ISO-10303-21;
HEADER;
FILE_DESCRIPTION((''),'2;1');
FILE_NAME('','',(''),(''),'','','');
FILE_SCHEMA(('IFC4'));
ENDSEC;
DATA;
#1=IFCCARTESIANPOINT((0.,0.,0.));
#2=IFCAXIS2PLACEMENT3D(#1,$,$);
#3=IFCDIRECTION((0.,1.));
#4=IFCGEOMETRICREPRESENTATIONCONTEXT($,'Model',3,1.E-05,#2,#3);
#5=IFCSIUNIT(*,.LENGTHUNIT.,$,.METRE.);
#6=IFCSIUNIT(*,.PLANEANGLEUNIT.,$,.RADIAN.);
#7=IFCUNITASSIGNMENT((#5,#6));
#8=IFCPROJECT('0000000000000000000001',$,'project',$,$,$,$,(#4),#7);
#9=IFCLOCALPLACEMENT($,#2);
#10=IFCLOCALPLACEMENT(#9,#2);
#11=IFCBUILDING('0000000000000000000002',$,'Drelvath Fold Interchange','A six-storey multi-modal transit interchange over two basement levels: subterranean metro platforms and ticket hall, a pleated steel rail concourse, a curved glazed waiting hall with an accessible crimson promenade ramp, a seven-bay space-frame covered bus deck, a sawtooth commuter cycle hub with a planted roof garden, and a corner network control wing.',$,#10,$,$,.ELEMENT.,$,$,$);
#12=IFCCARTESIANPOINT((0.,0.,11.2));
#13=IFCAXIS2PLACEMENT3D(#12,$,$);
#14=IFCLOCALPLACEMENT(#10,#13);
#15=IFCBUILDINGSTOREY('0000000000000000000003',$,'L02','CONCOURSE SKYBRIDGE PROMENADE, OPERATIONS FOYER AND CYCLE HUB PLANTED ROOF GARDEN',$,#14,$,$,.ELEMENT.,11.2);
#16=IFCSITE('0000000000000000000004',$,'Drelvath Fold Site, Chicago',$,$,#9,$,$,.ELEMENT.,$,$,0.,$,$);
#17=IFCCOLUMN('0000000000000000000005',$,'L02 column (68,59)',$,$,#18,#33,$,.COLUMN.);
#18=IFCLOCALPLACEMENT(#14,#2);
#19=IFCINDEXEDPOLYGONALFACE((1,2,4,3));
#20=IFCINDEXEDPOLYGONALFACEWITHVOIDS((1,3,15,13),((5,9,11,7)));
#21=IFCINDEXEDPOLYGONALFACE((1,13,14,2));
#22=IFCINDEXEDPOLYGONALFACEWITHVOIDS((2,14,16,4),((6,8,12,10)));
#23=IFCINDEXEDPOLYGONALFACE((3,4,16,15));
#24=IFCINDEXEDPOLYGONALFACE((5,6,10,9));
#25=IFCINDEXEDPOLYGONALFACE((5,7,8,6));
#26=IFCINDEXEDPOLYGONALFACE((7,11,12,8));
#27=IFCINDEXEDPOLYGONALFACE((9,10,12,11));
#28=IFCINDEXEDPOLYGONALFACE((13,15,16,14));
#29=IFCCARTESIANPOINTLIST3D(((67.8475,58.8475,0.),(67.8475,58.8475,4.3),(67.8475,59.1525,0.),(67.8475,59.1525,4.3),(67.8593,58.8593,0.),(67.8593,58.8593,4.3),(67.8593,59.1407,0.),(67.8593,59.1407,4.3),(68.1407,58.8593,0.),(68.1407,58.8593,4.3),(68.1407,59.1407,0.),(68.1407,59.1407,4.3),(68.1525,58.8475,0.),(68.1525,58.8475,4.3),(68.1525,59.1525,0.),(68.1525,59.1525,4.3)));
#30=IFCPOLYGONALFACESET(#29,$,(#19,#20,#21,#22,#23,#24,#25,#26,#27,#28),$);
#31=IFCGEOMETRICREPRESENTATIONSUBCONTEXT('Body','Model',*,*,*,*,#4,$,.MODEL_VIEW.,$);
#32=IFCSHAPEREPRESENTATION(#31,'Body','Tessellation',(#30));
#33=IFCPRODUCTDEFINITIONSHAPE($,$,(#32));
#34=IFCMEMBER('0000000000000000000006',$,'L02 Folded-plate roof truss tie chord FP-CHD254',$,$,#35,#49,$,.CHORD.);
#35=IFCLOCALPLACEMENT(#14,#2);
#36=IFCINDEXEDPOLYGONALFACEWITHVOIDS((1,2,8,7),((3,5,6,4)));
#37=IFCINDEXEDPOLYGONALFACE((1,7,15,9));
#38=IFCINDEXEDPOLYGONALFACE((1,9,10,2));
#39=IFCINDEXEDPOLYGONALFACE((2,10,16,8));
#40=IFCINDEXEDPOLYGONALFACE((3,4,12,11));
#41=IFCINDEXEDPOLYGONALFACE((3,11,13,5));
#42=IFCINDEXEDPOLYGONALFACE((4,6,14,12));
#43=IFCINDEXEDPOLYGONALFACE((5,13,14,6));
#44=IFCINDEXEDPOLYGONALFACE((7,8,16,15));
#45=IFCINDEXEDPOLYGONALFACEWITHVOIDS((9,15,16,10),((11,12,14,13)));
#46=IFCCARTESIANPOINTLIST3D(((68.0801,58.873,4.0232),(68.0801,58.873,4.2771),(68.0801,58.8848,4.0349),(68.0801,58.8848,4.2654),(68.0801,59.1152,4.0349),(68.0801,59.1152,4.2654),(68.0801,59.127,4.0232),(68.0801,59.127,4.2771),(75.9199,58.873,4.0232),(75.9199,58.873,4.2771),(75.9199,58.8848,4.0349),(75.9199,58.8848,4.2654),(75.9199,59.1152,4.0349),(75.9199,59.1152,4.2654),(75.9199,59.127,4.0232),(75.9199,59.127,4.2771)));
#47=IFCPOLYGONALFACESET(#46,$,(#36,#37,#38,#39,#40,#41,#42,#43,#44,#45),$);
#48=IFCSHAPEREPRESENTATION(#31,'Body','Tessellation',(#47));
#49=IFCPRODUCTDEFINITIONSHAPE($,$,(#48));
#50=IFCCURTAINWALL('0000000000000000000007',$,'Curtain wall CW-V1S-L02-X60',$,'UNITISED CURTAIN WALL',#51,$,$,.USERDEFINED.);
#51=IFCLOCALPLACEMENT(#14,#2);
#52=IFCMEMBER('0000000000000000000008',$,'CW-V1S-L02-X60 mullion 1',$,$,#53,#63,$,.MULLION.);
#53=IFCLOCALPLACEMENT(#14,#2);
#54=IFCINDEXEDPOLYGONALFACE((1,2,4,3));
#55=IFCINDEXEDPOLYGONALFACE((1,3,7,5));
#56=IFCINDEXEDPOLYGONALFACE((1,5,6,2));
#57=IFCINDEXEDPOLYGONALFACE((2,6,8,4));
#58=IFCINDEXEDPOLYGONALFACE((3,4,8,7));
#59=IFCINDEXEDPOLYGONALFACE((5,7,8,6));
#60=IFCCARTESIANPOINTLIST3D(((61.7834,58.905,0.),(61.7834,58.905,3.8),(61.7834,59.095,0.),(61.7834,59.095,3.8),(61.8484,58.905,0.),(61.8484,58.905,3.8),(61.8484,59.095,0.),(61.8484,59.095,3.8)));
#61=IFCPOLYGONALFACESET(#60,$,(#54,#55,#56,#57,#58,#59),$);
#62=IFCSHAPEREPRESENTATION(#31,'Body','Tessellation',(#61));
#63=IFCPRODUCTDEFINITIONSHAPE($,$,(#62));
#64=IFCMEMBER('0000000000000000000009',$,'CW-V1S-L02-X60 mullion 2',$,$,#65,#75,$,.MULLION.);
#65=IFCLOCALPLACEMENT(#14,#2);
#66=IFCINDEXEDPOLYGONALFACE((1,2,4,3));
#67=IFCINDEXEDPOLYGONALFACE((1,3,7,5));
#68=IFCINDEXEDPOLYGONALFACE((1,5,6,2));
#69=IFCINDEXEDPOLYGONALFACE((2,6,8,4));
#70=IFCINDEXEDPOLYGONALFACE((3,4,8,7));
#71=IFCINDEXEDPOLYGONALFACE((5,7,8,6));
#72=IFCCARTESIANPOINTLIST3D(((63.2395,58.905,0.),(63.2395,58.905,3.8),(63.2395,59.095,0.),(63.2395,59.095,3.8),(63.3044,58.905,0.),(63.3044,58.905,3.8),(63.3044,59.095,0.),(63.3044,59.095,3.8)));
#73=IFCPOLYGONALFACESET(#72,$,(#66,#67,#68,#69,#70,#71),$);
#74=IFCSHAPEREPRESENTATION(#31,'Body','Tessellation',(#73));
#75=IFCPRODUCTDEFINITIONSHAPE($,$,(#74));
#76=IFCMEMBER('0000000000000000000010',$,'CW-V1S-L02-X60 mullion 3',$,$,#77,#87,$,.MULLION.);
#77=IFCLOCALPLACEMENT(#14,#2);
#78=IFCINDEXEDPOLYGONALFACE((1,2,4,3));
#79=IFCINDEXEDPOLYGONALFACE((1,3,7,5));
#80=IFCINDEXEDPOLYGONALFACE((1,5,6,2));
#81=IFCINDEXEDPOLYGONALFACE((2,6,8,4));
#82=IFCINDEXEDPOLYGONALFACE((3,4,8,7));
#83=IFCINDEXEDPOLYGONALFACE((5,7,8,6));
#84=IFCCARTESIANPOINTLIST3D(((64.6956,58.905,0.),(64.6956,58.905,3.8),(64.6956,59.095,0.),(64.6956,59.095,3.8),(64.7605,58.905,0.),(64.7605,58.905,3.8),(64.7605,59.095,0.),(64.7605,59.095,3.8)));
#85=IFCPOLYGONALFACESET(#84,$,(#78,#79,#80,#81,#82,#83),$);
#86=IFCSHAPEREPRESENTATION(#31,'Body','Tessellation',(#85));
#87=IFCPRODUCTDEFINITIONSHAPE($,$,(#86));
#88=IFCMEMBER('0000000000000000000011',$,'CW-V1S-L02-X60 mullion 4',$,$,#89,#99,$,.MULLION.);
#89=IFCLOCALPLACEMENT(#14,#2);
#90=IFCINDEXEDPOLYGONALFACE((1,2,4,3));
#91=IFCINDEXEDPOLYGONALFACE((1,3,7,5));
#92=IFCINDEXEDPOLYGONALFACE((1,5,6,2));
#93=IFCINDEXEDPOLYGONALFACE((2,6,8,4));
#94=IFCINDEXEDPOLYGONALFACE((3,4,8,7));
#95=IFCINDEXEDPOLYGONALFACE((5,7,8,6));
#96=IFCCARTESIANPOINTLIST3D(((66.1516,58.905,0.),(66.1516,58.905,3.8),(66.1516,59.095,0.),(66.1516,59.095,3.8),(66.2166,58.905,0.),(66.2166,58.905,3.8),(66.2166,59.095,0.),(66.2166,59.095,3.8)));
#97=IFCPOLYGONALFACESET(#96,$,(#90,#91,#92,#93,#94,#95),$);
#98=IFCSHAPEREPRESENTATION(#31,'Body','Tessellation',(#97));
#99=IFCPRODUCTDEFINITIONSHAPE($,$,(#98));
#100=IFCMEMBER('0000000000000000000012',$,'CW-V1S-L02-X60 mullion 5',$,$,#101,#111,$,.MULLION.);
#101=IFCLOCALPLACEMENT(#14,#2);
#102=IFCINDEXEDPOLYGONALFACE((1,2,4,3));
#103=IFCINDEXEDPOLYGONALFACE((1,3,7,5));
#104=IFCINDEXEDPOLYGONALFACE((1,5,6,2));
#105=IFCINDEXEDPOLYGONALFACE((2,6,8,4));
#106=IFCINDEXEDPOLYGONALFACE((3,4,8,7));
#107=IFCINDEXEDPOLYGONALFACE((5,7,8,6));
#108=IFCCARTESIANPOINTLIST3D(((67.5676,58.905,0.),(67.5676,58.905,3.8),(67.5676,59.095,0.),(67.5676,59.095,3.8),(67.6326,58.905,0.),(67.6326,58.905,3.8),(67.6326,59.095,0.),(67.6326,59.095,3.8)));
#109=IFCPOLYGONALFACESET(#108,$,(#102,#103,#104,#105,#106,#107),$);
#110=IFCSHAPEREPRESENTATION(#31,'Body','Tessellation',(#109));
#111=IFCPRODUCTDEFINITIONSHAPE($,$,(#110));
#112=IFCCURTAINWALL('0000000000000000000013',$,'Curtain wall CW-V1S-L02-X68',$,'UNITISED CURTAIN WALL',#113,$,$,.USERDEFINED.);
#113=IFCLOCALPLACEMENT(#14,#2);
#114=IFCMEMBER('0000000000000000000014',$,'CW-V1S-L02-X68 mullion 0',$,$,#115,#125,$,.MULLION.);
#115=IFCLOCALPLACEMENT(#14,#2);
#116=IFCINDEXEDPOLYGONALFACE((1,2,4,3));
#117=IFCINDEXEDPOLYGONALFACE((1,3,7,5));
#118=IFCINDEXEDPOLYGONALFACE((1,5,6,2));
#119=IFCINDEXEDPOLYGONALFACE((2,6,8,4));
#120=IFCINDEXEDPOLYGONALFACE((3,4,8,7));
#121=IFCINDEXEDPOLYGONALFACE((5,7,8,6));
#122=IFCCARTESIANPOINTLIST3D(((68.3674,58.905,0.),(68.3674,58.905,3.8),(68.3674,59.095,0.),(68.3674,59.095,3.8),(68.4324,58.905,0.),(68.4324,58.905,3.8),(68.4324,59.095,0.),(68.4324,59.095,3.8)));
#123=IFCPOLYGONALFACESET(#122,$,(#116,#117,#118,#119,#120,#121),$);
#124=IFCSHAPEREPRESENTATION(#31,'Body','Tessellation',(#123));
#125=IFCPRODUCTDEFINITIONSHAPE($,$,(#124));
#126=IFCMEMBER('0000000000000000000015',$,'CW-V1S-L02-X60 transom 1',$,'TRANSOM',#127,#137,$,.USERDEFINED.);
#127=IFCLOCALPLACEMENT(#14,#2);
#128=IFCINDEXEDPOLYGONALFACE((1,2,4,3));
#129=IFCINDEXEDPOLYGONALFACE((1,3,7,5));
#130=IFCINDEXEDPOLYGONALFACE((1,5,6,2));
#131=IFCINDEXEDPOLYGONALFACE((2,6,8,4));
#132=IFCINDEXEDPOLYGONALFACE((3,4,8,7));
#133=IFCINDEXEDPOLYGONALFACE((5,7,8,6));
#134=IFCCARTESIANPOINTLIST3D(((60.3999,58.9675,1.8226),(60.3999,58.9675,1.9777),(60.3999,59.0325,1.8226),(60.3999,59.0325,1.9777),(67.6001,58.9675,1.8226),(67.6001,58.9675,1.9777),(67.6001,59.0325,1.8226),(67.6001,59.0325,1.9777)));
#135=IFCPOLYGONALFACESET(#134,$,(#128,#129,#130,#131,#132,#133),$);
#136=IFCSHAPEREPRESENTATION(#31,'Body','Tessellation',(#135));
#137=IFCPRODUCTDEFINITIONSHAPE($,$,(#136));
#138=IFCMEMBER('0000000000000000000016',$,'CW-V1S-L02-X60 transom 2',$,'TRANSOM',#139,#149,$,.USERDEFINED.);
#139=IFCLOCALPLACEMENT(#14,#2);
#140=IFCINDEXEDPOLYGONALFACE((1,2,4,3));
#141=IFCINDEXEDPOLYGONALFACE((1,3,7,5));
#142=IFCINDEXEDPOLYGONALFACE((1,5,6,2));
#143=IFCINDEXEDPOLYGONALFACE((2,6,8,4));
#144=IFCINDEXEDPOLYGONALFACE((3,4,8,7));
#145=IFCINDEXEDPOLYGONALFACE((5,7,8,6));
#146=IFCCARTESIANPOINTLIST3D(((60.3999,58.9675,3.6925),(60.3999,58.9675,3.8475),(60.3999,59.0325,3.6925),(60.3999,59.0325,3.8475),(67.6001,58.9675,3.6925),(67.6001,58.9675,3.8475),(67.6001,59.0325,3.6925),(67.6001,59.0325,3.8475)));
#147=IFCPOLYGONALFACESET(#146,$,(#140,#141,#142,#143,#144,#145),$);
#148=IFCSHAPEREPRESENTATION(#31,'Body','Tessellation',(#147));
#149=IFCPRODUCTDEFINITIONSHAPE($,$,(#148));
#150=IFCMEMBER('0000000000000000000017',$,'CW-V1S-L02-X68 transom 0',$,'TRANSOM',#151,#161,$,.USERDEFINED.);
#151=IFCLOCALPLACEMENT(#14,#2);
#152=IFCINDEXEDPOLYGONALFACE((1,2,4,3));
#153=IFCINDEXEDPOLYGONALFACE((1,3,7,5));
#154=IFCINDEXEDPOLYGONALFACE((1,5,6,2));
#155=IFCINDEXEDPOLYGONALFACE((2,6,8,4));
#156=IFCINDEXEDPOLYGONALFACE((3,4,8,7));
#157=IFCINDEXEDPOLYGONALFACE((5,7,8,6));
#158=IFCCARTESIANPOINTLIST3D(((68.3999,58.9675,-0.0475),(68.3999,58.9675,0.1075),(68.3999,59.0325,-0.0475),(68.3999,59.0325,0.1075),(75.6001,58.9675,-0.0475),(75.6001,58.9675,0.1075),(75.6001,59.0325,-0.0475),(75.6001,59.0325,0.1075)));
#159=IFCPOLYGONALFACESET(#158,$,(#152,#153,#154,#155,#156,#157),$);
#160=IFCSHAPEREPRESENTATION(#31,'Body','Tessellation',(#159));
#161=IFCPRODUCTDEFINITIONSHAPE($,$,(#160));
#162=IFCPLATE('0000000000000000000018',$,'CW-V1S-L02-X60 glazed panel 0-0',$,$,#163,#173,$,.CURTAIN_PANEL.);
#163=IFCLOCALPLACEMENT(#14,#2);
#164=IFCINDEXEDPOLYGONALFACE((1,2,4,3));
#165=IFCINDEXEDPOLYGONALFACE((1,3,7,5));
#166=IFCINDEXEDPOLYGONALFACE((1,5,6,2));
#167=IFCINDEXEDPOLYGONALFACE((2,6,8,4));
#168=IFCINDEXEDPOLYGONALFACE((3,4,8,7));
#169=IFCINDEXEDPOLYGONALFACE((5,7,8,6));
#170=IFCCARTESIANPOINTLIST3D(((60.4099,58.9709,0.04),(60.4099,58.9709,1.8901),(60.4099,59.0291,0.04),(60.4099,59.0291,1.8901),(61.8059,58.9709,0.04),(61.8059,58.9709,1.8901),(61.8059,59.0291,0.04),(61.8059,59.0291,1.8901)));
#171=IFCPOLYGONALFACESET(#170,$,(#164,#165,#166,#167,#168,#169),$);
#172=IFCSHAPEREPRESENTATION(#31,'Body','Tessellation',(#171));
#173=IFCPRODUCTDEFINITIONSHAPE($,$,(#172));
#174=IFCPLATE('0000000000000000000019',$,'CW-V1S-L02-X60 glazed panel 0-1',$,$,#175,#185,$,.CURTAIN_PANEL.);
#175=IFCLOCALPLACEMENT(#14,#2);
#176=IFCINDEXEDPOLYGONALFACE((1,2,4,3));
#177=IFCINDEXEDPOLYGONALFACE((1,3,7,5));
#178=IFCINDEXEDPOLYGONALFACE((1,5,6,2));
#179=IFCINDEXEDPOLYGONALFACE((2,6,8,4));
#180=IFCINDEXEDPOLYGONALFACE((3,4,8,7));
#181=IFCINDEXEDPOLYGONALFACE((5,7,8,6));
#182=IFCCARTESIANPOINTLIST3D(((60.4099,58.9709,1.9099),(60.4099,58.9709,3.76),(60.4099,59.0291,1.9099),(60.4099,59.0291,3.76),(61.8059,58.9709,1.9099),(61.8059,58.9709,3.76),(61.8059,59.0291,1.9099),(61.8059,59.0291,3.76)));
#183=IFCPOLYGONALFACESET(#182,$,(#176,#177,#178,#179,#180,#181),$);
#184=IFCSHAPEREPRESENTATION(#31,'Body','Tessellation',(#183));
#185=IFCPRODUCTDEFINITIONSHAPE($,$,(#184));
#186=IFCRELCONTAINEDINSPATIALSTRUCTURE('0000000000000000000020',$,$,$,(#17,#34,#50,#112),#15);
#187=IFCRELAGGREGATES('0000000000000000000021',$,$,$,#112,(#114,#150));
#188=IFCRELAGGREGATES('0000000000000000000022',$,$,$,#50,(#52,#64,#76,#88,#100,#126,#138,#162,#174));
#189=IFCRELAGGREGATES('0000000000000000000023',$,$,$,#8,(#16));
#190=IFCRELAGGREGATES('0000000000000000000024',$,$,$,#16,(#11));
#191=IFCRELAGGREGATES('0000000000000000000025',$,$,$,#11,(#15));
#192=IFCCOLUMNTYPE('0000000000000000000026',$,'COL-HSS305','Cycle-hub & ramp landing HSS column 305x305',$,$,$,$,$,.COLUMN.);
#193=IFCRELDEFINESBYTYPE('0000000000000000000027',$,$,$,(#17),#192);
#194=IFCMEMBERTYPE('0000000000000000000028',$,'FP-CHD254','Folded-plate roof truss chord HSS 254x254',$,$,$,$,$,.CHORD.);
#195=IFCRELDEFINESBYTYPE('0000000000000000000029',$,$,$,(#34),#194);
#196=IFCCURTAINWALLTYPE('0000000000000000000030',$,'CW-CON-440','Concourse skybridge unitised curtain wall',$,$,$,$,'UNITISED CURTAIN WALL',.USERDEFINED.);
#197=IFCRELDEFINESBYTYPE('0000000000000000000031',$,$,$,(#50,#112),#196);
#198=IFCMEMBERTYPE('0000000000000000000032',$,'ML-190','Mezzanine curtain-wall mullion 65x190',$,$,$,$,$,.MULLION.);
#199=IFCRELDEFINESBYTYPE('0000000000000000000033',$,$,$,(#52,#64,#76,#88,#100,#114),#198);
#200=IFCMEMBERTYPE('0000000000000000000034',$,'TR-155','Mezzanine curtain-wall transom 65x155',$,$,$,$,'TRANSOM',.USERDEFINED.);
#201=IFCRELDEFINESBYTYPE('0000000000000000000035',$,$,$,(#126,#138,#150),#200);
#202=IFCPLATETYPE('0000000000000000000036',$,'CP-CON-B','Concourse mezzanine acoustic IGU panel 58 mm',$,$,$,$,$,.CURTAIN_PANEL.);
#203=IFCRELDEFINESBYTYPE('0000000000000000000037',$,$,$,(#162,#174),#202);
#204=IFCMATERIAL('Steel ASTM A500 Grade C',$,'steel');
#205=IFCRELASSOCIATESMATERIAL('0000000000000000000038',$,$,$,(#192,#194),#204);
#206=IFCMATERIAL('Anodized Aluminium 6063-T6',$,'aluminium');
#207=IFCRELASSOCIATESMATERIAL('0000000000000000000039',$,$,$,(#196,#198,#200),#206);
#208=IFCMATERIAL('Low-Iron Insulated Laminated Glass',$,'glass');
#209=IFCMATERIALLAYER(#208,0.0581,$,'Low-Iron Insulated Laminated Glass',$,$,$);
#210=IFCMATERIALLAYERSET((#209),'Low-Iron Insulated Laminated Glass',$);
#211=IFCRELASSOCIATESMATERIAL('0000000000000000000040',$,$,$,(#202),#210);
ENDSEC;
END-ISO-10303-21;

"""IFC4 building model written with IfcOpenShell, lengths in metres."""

from ifc_helpers import new_model, si_unit, direction, frame, origin, origin_2d, place, context, subcontext, project, spatial, rectangle, hollow_rectangle, extrude, material, layer, layer_set, material_profile, profile_set, type_object, element, aggregate, save


model = new_model("IFC4")

# Units and contexts
model_context = context("Model", 3, precision=1e-05, world=origin(), true_north=direction((0.0, 1.0)))
body_context = subcontext(model_context, "Body", "Model", "MODEL_VIEW")
ifc_project = project(units=[si_unit("LENGTHUNIT", "METRE"), si_unit("PLANEANGLEUNIT", "RADIAN")], contexts=[model_context])

# Site, building, storey
site_placement = place(None, origin())
site = spatial("IfcSite", under=ifc_project, at=site_placement, Name="Drelvath Fold Site, Chicago", CompositionType="ELEMENT", RefElevation=0.0)
building_placement = place(site_placement, origin())
building = spatial("IfcBuilding", under=site, at=building_placement, Name="Drelvath Fold Interchange", Description="A six-storey multi-modal transit interchange over two basement levels: subterranean metro platforms and ticket hall, a pleated steel rail concourse, a curved glazed waiting hall with an accessible crimson promenade ramp, a seven-bay space-frame covered bus deck, a sawtooth commuter cycle hub with a planted roof garden, and a corner network control wing.", CompositionType="ELEMENT")
storey_placement = place(building_placement, frame((0.0, 0.0, 11.2)))
storey = spatial("IfcBuildingStorey", under=building, at=storey_placement, Name="L02", Description="CONCOURSE SKYBRIDGE PROMENADE, OPERATIONS FOYER AND CYCLE HUB PLANTED ROOF GARDEN", CompositionType="ELEMENT", Elevation=11.2)

# Column
ifc_material_1 = material(Name="Steel ASTM A500 Grade C", Category="steel")
ifc_material_profile_1 = material_profile(ifc_material_1, hollow_rectangle(XDim=0.3049, YDim=0.3049, WallThickness=0.0117, at=origin_2d()), Name="HSS12X12X1/2")
ifc_profile_set_1 = profile_set([ifc_material_profile_1], Name="Steel ASTM A500 Grade C")
column_type = type_object("IfcColumnType", Name="COL-HSS305", Description="Cycle-hub & ramp landing HSS column 305x305", PredefinedType="COLUMN", material=ifc_profile_set_1)
column_placement = place(storey_placement, frame((68.0, 59.0, 0.0), z_axis=(0.0, 0.0, 1.0), x_axis=(1.0, 0.0, 0.0)))
element("IfcColumn", 1, at=column_placement, inside=storey, type_object=column_type, Name="L02 column (68,59)", PredefinedType="COLUMN", context=body_context, shape_type="SweptSolid", body=[
    extrude(hollow_rectangle(XDim=0.3049, YDim=0.3049, WallThickness=0.0117, at=origin_2d()), origin(), (0.0, 0.0, 1.0), 4.3),
])

# Member
ifc_material_profile_2 = material_profile(ifc_material_1, hollow_rectangle(XDim=0.2539, YDim=0.2539, WallThickness=0.0117, at=origin_2d()), Name="HSS10X10X1/2")
ifc_profile_set_2 = profile_set([ifc_material_profile_2], Name="Steel ASTM A500 Grade C")
member_type_1 = type_object("IfcMemberType", Name="FP-CHD254", Description="Folded-plate roof truss chord HSS 254x254", PredefinedType="CHORD", material=ifc_profile_set_2)
member_1_placement = place(storey_placement, frame((68.0801, 59.0, 4.1501), z_axis=(1.0, 0.0, 0.0), x_axis=(0.0, 1.0, 0.0)))
element("IfcMember", 2, at=member_1_placement, inside=storey, type_object=member_type_1, Name="L02 Folded-plate roof truss tie chord FP-CHD254", PredefinedType="CHORD", context=body_context, shape_type="SweptSolid", body=[
    extrude(hollow_rectangle(XDim=0.2539, YDim=0.2539, WallThickness=0.0117, at=origin_2d()), origin(), (0.0, 0.0, 1.0), 7.8398),
])

# Curtain wall, members
ifc_material_2 = material(Name="Anodized Aluminium 6063-T6", Category="aluminium")
curtain_wall_type = type_object("IfcCurtainWallType", Name="CW-CON-440", Description="Concourse skybridge unitised curtain wall", ElementType="UNITISED CURTAIN WALL", PredefinedType="USERDEFINED", material=ifc_material_2)
curtain_wall_1_placement = place(storey_placement, origin())
curtain_wall_1 = element("IfcCurtainWall", 3, at=curtain_wall_1_placement, inside=storey, type_object=curtain_wall_type, Name="Curtain wall CW-V1S-L02-X60", ObjectType="UNITISED CURTAIN WALL", PredefinedType="USERDEFINED")
ifc_material_profile_3 = material_profile(ifc_material_2, rectangle(XDim=0.0649, YDim=0.1899, at=origin_2d()), Name="AL-M 65x190")
ifc_profile_set_3 = profile_set([ifc_material_profile_3], Name="Anodized Aluminium 6063-T6")
member_type_2 = type_object("IfcMemberType", Name="ML-190", Description="Mezzanine curtain-wall mullion 65x190", PredefinedType="MULLION", material=ifc_profile_set_3)
member_2_placement = place(storey_placement, frame((61.8159, 59.0, 0.0), z_axis=(0.0, 0.0, 1.0), x_axis=(1.0, 0.0, 0.0)))
member_2 = element("IfcMember", 4, at=member_2_placement, type_object=member_type_2, Name="CW-V1S-L02-X60 mullion 1", PredefinedType="MULLION", context=body_context, shape_type="SweptSolid", body=[
    extrude(rectangle(XDim=0.0649, YDim=0.1899, at=origin_2d()), origin(), (0.0, 0.0, 1.0), 3.8),
])
member_3_placement = place(storey_placement, frame((63.272, 59.0, 0.0), z_axis=(0.0, 0.0, 1.0), x_axis=(1.0, 0.0, 0.0)))
member_3 = element("IfcMember", 5, at=member_3_placement, type_object=member_type_2, Name="CW-V1S-L02-X60 mullion 2", PredefinedType="MULLION", context=body_context, shape_type="SweptSolid", body=[
    extrude(rectangle(XDim=0.0649, YDim=0.1899, at=origin_2d()), origin(), (0.0, 0.0, 1.0), 3.8),
])
member_4_placement = place(storey_placement, frame((64.728, 59.0, 0.0), z_axis=(0.0, 0.0, 1.0), x_axis=(1.0, 0.0, 0.0)))
member_4 = element("IfcMember", 6, at=member_4_placement, type_object=member_type_2, Name="CW-V1S-L02-X60 mullion 3", PredefinedType="MULLION", context=body_context, shape_type="SweptSolid", body=[
    extrude(rectangle(XDim=0.0649, YDim=0.1899, at=origin_2d()), origin(), (0.0, 0.0, 1.0), 3.8),
])
member_5_placement = place(storey_placement, frame((66.1841, 59.0, 0.0), z_axis=(0.0, 0.0, 1.0), x_axis=(1.0, 0.0, 0.0)))
member_5 = element("IfcMember", 7, at=member_5_placement, type_object=member_type_2, Name="CW-V1S-L02-X60 mullion 4", PredefinedType="MULLION", context=body_context, shape_type="SweptSolid", body=[
    extrude(rectangle(XDim=0.0649, YDim=0.1899, at=origin_2d()), origin(), (0.0, 0.0, 1.0), 3.8),
])
member_6_placement = place(storey_placement, frame((67.6001, 59.0, 0.0), z_axis=(0.0, 0.0, 1.0), x_axis=(1.0, 0.0, 0.0)))
member_6 = element("IfcMember", 8, at=member_6_placement, type_object=member_type_2, Name="CW-V1S-L02-X60 mullion 5", PredefinedType="MULLION", context=body_context, shape_type="SweptSolid", body=[
    extrude(rectangle(XDim=0.0649, YDim=0.1899, at=origin_2d()), origin(), (0.0, 0.0, 1.0), 3.8),
])

# Curtain wall, member
curtain_wall_2_placement = place(storey_placement, origin())
curtain_wall_2 = element("IfcCurtainWall", 9, at=curtain_wall_2_placement, inside=storey, type_object=curtain_wall_type, Name="Curtain wall CW-V1S-L02-X68", ObjectType="UNITISED CURTAIN WALL", PredefinedType="USERDEFINED")
member_7_placement = place(storey_placement, frame((68.3999, 59.0, 0.0), z_axis=(0.0, 0.0, 1.0), x_axis=(1.0, 0.0, 0.0)))
member_7 = element("IfcMember", 10, at=member_7_placement, type_object=member_type_2, Name="CW-V1S-L02-X68 mullion 0", PredefinedType="MULLION", context=body_context, shape_type="SweptSolid", body=[
    extrude(rectangle(XDim=0.0649, YDim=0.1899, at=origin_2d()), origin(), (0.0, 0.0, 1.0), 3.8),
])

# Members
ifc_material_profile_4 = material_profile(ifc_material_2, rectangle(XDim=0.0649, YDim=0.155, at=origin_2d()), Name="AL-T 65x155")
ifc_profile_set_4 = profile_set([ifc_material_profile_4], Name="Anodized Aluminium 6063-T6")
member_type_3 = type_object("IfcMemberType", Name="TR-155", Description="Mezzanine curtain-wall transom 65x155", ElementType="TRANSOM", PredefinedType="USERDEFINED", material=ifc_profile_set_4)
member_8_placement = place(storey_placement, frame((60.3999, 59.0, 1.9001), z_axis=(1.0, 0.0, 0.0), x_axis=(0.0, 1.0, 0.0)))
member_8 = element("IfcMember", 11, at=member_8_placement, type_object=member_type_3, Name="CW-V1S-L02-X60 transom 1", ObjectType="TRANSOM", PredefinedType="USERDEFINED", context=body_context, shape_type="SweptSolid", body=[
    extrude(rectangle(XDim=0.0649, YDim=0.155, at=origin_2d()), origin(), (0.0, 0.0, 1.0), 7.2002),
])
member_9_placement = place(storey_placement, frame((60.3999, 59.0, 3.77), z_axis=(1.0, 0.0, 0.0), x_axis=(0.0, 1.0, 0.0)))
member_9 = element("IfcMember", 12, at=member_9_placement, type_object=member_type_3, Name="CW-V1S-L02-X60 transom 2", ObjectType="TRANSOM", PredefinedType="USERDEFINED", context=body_context, shape_type="SweptSolid", body=[
    extrude(rectangle(XDim=0.0649, YDim=0.155, at=origin_2d()), origin(), (0.0, 0.0, 1.0), 7.2002),
])
member_10_placement = place(storey_placement, frame((68.3999, 59.0, 0.03), z_axis=(1.0, 0.0, 0.0), x_axis=(0.0, 1.0, 0.0)))
member_10 = element("IfcMember", 13, at=member_10_placement, type_object=member_type_3, Name="CW-V1S-L02-X68 transom 0", ObjectType="TRANSOM", PredefinedType="USERDEFINED", context=body_context, shape_type="SweptSolid", body=[
    extrude(rectangle(XDim=0.0649, YDim=0.155, at=origin_2d()), origin(), (0.0, 0.0, 1.0), 7.2002),
])
aggregate(curtain_wall_2, [member_7, member_10])

# Plates
ifc_material_3 = material(Name="Low-Iron Insulated Laminated Glass", Category="glass")
ifc_layer = layer(ifc_material_3, 0.0581, Name="Low-Iron Insulated Laminated Glass")
ifc_layer_set = layer_set([ifc_layer], Name="Low-Iron Insulated Laminated Glass")
plate_type = type_object("IfcPlateType", Name="CP-CON-B", Description="Concourse mezzanine acoustic IGU panel 58 mm", PredefinedType="CURTAIN_PANEL", material=ifc_layer_set)
plate_1_placement = place(storey_placement, frame((61.1079, 59.0, 0.04), z_axis=(0.0, 0.0, 1.0), x_axis=(1.0, 0.0, 0.0)))
plate_1 = element("IfcPlate", 14, at=plate_1_placement, type_object=plate_type, Name="CW-V1S-L02-X60 glazed panel 0-0", PredefinedType="CURTAIN_PANEL", context=body_context, shape_type="SweptSolid", body=[
    extrude(rectangle(XDim=1.396, YDim=0.0581, at=origin_2d()), origin(), (0.0, 0.0, 1.0), 1.8501),
])
plate_2_placement = place(storey_placement, frame((61.1079, 59.0, 1.9099), z_axis=(0.0, 0.0, 1.0), x_axis=(1.0, 0.0, 0.0)))
plate_2 = element("IfcPlate", 15, at=plate_2_placement, type_object=plate_type, Name="CW-V1S-L02-X60 glazed panel 0-1", PredefinedType="CURTAIN_PANEL", context=body_context, shape_type="SweptSolid", body=[
    extrude(rectangle(XDim=1.396, YDim=0.0581, at=origin_2d()), origin(), (0.0, 0.0, 1.0), 1.8501),
])
aggregate(curtain_wall_1, [member_2, member_3, member_4, member_5, member_6, member_8, member_9, plate_1, plate_2])

save(model, "model.ifc")
